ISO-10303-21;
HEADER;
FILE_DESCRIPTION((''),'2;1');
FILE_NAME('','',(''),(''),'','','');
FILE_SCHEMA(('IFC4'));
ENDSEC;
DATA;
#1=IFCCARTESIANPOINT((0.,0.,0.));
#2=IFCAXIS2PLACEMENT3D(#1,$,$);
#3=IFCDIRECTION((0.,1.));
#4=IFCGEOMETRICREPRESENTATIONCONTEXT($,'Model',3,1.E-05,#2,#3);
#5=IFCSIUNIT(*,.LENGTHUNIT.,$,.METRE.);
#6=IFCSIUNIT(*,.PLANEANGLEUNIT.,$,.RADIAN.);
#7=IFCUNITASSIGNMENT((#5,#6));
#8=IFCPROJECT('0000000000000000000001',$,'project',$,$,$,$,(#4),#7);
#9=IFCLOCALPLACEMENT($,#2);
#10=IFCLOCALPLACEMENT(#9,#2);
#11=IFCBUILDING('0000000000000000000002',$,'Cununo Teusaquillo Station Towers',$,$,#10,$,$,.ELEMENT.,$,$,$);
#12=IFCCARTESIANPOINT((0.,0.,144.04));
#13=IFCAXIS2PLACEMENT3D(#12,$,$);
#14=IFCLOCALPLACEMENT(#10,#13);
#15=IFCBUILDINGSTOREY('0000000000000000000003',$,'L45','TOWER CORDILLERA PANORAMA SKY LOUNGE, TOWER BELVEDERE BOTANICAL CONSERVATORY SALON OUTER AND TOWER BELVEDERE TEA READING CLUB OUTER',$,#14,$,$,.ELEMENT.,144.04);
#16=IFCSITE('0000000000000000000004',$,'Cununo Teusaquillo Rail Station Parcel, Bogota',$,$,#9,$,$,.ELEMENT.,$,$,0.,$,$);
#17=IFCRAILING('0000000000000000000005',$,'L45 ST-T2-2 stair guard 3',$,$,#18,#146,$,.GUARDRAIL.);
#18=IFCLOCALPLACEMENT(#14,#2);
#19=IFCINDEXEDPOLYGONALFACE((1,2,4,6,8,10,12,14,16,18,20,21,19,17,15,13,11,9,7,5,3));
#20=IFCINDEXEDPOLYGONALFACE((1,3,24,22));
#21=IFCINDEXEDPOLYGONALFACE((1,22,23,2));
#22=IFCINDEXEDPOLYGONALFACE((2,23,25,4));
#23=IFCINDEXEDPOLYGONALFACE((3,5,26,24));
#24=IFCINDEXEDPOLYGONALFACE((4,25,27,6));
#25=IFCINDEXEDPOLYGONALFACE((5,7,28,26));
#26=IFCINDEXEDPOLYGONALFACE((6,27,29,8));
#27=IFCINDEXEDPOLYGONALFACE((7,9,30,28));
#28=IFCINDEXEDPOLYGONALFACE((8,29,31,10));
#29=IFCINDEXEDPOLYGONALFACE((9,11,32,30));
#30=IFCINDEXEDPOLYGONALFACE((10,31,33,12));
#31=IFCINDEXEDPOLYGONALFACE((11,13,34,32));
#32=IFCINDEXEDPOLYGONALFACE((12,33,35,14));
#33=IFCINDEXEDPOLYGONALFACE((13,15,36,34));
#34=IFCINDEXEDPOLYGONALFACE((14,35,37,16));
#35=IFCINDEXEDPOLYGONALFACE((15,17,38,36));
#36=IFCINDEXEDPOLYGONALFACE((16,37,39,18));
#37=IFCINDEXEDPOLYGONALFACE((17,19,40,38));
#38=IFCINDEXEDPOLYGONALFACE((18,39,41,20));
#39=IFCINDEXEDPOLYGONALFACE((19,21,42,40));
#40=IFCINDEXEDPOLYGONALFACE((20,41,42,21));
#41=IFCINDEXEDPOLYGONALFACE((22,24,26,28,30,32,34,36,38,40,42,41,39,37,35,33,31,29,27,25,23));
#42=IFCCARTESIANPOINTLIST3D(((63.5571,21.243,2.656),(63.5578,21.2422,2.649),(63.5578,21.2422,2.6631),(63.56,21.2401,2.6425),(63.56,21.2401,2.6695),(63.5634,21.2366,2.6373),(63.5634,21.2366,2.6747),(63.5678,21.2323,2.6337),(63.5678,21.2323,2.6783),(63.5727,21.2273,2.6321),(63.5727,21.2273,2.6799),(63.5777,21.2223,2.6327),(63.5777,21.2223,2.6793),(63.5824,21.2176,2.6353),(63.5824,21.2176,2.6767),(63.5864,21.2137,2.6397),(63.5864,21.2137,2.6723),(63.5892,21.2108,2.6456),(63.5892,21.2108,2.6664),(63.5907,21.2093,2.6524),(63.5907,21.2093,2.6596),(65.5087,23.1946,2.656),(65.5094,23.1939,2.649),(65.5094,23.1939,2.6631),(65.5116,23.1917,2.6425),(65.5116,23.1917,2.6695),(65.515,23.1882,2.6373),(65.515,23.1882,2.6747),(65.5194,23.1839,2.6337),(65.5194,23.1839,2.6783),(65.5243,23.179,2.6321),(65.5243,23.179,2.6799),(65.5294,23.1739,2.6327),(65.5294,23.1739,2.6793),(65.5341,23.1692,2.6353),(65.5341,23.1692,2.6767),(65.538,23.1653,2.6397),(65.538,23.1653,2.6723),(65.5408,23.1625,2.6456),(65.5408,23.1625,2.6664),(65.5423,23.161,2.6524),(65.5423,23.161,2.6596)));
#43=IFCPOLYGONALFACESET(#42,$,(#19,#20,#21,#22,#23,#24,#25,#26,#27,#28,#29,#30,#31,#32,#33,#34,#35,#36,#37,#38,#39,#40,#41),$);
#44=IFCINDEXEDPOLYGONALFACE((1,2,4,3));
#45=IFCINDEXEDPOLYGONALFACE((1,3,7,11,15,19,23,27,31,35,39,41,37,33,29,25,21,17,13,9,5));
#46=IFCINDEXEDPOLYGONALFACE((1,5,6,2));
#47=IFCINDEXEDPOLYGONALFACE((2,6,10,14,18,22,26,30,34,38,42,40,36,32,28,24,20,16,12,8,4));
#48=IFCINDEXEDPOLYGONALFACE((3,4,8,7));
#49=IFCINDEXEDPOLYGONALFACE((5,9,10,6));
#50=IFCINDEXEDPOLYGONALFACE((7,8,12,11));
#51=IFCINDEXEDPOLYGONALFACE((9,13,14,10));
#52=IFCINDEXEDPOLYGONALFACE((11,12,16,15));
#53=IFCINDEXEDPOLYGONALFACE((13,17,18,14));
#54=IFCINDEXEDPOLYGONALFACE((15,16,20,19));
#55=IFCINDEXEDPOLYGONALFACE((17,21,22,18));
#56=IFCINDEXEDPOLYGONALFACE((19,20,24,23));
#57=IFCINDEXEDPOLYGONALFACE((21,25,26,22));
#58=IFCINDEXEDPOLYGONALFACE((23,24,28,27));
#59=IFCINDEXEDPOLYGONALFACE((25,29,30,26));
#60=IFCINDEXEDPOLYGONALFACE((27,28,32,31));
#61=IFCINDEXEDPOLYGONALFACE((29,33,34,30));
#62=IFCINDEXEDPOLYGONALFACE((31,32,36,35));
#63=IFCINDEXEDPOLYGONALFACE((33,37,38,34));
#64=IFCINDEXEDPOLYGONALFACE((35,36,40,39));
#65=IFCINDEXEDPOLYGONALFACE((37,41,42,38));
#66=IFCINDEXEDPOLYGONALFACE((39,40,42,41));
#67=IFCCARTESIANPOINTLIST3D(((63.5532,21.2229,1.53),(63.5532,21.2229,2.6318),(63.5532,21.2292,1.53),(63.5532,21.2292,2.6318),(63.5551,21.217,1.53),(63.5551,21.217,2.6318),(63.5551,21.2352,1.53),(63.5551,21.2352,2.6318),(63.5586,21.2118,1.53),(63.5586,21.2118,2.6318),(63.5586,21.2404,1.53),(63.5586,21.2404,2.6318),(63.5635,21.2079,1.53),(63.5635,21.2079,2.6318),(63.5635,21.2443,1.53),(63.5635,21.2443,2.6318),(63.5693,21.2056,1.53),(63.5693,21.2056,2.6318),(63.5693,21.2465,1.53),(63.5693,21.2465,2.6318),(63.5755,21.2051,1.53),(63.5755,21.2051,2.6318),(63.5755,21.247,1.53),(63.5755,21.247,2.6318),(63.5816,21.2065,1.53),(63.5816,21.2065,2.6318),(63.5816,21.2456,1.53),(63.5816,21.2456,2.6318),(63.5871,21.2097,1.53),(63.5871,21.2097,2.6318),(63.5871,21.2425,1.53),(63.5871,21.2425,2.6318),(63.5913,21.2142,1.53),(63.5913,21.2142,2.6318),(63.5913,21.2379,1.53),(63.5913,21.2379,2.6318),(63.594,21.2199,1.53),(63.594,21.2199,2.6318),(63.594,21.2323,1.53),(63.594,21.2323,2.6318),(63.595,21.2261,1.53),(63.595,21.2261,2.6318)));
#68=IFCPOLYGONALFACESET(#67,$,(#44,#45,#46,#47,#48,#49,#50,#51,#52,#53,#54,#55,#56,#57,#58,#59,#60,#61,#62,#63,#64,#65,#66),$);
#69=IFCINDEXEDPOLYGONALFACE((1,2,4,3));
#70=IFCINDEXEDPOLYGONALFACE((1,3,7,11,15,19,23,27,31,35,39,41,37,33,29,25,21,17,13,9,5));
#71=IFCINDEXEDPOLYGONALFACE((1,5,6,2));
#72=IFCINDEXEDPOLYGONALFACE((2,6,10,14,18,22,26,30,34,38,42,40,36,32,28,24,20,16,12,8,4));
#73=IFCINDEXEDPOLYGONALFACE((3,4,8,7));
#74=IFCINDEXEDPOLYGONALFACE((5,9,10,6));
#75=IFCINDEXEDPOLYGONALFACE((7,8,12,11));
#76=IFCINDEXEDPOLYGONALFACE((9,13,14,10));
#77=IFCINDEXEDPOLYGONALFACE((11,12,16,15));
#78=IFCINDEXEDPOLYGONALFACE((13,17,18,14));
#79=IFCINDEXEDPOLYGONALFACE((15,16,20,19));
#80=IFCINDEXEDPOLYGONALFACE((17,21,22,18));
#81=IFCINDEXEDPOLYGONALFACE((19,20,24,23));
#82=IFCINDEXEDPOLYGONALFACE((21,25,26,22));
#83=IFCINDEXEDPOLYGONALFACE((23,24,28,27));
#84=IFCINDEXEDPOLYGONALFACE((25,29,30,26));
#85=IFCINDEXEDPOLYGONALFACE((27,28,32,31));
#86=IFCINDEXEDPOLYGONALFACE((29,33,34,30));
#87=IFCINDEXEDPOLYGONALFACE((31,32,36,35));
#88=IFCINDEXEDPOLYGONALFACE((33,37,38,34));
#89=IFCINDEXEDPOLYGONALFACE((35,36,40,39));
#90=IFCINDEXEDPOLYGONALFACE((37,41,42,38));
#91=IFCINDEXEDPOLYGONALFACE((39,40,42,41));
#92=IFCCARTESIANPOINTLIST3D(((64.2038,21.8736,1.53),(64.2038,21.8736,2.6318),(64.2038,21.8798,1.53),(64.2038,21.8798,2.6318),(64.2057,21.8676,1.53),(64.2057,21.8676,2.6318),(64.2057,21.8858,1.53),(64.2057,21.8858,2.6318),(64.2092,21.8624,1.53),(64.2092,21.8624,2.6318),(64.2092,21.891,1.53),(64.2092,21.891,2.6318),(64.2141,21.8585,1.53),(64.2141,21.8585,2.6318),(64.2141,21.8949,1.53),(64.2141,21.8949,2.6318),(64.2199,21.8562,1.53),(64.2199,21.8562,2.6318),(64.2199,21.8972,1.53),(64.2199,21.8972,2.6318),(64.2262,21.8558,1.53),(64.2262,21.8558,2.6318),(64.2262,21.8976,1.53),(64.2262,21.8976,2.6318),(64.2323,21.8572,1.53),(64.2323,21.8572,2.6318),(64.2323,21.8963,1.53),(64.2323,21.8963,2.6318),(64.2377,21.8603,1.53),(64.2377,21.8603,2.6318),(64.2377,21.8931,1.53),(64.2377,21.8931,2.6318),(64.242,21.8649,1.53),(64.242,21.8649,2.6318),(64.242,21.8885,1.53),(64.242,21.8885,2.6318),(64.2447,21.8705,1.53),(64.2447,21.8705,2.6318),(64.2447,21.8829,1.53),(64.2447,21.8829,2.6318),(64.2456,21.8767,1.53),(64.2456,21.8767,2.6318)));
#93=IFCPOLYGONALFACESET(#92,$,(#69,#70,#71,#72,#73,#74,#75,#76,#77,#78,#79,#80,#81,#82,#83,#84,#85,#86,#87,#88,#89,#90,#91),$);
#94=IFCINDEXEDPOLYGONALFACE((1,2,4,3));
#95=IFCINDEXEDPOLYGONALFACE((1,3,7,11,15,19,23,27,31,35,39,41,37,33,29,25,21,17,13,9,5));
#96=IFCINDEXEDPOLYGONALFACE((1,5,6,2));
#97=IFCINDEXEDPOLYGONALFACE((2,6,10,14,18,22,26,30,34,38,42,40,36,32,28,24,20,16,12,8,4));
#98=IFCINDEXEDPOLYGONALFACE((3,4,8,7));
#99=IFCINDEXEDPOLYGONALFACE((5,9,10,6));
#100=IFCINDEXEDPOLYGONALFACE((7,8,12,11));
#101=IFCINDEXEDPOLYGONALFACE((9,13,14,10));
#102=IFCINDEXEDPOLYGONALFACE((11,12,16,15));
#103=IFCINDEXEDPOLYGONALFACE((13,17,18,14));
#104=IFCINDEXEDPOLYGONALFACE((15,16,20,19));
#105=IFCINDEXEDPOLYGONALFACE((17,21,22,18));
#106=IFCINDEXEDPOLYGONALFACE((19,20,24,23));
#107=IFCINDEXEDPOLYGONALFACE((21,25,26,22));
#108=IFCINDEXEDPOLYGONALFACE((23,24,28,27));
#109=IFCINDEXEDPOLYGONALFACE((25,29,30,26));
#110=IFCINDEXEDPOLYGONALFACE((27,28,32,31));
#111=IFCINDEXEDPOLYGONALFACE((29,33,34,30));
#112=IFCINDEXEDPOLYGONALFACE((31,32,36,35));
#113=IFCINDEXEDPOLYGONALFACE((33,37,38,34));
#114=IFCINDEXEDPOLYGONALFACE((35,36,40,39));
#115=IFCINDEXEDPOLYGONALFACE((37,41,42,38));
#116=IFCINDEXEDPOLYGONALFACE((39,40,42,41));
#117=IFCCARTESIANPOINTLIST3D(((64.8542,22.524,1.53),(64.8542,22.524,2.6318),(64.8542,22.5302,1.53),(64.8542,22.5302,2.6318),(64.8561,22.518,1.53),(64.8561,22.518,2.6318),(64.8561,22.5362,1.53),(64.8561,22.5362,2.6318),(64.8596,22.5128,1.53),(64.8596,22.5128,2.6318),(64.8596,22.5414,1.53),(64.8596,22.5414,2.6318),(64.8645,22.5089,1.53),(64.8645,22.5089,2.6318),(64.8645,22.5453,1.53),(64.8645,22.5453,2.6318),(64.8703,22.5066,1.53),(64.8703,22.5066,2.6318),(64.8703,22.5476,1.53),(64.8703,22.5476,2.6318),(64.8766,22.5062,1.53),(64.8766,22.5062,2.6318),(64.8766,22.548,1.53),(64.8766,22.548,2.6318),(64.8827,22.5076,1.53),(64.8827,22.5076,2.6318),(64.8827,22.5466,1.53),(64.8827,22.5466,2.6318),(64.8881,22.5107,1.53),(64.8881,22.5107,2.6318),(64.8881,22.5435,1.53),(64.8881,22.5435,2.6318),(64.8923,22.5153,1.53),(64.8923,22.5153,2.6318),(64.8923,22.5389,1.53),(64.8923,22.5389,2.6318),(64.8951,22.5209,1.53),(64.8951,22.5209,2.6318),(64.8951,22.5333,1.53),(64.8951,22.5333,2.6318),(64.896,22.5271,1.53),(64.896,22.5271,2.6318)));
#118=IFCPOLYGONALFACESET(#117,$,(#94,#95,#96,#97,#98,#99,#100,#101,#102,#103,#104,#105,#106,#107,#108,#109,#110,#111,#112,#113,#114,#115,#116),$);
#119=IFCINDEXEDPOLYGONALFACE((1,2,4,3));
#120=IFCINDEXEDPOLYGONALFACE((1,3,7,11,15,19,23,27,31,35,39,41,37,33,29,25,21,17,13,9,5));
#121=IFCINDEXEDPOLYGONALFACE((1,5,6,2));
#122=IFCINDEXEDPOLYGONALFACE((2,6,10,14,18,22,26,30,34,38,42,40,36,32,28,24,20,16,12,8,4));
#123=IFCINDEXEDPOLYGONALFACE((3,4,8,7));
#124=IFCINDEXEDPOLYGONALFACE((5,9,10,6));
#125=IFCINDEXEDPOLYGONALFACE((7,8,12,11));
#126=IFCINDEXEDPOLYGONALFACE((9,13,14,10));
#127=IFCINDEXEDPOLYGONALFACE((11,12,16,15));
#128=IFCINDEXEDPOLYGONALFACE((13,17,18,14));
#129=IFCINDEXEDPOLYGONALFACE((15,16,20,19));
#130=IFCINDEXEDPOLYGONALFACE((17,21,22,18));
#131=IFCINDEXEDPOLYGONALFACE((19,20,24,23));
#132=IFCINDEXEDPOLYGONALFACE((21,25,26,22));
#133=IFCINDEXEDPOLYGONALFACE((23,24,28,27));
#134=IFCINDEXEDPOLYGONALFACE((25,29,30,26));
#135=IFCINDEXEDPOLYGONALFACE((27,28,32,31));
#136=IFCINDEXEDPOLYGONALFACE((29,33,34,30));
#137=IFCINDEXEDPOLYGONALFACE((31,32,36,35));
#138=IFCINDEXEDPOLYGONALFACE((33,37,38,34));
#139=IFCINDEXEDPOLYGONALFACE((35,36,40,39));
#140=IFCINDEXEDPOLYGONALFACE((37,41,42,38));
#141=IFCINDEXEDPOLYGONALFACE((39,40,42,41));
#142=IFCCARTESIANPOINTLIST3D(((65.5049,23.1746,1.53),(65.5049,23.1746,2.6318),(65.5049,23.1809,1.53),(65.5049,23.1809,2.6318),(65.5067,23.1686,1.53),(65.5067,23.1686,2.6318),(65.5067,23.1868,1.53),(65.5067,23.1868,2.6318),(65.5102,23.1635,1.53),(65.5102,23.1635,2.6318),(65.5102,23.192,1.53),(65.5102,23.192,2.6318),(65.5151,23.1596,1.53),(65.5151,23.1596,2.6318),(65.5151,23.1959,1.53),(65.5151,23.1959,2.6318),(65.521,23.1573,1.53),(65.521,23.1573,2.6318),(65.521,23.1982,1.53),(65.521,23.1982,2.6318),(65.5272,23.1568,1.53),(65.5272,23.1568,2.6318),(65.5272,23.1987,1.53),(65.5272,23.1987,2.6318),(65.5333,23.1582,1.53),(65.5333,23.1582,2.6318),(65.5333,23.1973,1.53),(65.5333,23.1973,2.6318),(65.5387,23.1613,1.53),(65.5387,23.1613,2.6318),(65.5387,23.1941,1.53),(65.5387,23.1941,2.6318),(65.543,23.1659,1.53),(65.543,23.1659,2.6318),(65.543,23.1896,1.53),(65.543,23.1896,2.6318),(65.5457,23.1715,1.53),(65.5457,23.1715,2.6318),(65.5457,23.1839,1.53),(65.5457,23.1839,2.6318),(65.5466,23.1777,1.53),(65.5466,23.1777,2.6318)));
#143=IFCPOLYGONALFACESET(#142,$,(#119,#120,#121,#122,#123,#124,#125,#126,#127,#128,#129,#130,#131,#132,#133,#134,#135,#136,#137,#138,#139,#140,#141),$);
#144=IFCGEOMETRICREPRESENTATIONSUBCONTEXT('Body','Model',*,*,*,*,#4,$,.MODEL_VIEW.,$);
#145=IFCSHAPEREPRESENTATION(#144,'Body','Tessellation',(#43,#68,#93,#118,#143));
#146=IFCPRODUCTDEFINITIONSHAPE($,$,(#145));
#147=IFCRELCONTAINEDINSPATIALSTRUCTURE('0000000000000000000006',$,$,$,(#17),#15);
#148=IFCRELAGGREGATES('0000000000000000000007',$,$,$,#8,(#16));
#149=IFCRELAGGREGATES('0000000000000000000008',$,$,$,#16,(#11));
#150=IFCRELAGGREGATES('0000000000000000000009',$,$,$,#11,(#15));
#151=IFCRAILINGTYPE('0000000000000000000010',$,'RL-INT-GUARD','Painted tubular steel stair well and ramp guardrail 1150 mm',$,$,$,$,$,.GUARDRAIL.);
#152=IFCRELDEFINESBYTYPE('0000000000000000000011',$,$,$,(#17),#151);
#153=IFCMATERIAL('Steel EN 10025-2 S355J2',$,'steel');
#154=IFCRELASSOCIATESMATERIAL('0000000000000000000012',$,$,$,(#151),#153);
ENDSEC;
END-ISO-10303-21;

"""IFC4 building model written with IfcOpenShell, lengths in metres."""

from ifc_helpers import new_model, si_unit, direction, frame, origin, origin_2d, place, context, subcontext, project, spatial, circle, extrude, material, type_object, element, save


model = new_model("IFC4")

# Units and contexts
model_context = context("Model", 3, precision=1e-05, world=origin(), true_north=direction((0.0, 1.0)))
body_context = subcontext(model_context, "Body", "Model", "MODEL_VIEW")
ifc_project = project(units=[si_unit("LENGTHUNIT", "METRE"), si_unit("PLANEANGLEUNIT", "RADIAN")], contexts=[model_context])

# Site, building, storey
site_placement = place(None, origin())
site = spatial("IfcSite", under=ifc_project, at=site_placement, Name="Cununo Teusaquillo Rail Station Parcel, Bogota", CompositionType="ELEMENT", RefElevation=0.0)
building_placement = place(site_placement, origin())
building = spatial("IfcBuilding", under=site, at=building_placement, Name="Cununo Teusaquillo Station Towers", CompositionType="ELEMENT")
storey_placement = place(building_placement, frame((0.0, 0.0, 144.04)))
storey = spatial("IfcBuildingStorey", under=building, at=storey_placement, Name="L45", Description="TOWER CORDILLERA PANORAMA SKY LOUNGE, TOWER BELVEDERE BOTANICAL CONSERVATORY SALON OUTER AND TOWER BELVEDERE TEA READING CLUB OUTER", CompositionType="ELEMENT", Elevation=144.04)

# Railing
ifc_material_1 = material(Name="Steel EN 10025-2 S355J2", Category="steel")
railing_type = type_object("IfcRailingType", Name="RL-INT-GUARD", Description="Painted tubular steel stair well and ramp guardrail 1150 mm", PredefinedType="GUARDRAIL", material=ifc_material_1)
railing_1_placement = place(storey_placement, frame((63.574, 21.2261, 1.53)))
element("IfcRailing", 1, at=railing_1_placement, inside=storey, type_object=railing_type, Name="L45 ST-T2-2 stair guard 3", PredefinedType="GUARDRAIL", context=body_context, shape_type="SweptSolid", body=[
    extrude(circle(Radius=0.0239, at=origin_2d()), frame((0.0, 0.0, 1.126), z_axis=(0.707107, 0.707107, 0.0), x_axis=(-0.707107, 0.707107, 0.0)), (0.0, 0.0, 1.0), 2.76),
    extrude(circle(Radius=0.021, at=origin_2d()), origin(), (0.0, 0.0, 1.0), 1.1018),
    extrude(circle(Radius=0.021, at=origin_2d()), frame((0.6506, 0.6506, 0.0)), (0.0, 0.0, 1.0), 1.1018),
    extrude(circle(Radius=0.021, at=origin_2d()), frame((1.301, 1.301, 0.0)), (0.0, 0.0, 1.0), 1.1018),
    extrude(circle(Radius=0.021, at=origin_2d()), frame((1.9517, 1.9517, 0.0)), (0.0, 0.0, 1.0), 1.1018),
])

save(model, "model.ifc")
